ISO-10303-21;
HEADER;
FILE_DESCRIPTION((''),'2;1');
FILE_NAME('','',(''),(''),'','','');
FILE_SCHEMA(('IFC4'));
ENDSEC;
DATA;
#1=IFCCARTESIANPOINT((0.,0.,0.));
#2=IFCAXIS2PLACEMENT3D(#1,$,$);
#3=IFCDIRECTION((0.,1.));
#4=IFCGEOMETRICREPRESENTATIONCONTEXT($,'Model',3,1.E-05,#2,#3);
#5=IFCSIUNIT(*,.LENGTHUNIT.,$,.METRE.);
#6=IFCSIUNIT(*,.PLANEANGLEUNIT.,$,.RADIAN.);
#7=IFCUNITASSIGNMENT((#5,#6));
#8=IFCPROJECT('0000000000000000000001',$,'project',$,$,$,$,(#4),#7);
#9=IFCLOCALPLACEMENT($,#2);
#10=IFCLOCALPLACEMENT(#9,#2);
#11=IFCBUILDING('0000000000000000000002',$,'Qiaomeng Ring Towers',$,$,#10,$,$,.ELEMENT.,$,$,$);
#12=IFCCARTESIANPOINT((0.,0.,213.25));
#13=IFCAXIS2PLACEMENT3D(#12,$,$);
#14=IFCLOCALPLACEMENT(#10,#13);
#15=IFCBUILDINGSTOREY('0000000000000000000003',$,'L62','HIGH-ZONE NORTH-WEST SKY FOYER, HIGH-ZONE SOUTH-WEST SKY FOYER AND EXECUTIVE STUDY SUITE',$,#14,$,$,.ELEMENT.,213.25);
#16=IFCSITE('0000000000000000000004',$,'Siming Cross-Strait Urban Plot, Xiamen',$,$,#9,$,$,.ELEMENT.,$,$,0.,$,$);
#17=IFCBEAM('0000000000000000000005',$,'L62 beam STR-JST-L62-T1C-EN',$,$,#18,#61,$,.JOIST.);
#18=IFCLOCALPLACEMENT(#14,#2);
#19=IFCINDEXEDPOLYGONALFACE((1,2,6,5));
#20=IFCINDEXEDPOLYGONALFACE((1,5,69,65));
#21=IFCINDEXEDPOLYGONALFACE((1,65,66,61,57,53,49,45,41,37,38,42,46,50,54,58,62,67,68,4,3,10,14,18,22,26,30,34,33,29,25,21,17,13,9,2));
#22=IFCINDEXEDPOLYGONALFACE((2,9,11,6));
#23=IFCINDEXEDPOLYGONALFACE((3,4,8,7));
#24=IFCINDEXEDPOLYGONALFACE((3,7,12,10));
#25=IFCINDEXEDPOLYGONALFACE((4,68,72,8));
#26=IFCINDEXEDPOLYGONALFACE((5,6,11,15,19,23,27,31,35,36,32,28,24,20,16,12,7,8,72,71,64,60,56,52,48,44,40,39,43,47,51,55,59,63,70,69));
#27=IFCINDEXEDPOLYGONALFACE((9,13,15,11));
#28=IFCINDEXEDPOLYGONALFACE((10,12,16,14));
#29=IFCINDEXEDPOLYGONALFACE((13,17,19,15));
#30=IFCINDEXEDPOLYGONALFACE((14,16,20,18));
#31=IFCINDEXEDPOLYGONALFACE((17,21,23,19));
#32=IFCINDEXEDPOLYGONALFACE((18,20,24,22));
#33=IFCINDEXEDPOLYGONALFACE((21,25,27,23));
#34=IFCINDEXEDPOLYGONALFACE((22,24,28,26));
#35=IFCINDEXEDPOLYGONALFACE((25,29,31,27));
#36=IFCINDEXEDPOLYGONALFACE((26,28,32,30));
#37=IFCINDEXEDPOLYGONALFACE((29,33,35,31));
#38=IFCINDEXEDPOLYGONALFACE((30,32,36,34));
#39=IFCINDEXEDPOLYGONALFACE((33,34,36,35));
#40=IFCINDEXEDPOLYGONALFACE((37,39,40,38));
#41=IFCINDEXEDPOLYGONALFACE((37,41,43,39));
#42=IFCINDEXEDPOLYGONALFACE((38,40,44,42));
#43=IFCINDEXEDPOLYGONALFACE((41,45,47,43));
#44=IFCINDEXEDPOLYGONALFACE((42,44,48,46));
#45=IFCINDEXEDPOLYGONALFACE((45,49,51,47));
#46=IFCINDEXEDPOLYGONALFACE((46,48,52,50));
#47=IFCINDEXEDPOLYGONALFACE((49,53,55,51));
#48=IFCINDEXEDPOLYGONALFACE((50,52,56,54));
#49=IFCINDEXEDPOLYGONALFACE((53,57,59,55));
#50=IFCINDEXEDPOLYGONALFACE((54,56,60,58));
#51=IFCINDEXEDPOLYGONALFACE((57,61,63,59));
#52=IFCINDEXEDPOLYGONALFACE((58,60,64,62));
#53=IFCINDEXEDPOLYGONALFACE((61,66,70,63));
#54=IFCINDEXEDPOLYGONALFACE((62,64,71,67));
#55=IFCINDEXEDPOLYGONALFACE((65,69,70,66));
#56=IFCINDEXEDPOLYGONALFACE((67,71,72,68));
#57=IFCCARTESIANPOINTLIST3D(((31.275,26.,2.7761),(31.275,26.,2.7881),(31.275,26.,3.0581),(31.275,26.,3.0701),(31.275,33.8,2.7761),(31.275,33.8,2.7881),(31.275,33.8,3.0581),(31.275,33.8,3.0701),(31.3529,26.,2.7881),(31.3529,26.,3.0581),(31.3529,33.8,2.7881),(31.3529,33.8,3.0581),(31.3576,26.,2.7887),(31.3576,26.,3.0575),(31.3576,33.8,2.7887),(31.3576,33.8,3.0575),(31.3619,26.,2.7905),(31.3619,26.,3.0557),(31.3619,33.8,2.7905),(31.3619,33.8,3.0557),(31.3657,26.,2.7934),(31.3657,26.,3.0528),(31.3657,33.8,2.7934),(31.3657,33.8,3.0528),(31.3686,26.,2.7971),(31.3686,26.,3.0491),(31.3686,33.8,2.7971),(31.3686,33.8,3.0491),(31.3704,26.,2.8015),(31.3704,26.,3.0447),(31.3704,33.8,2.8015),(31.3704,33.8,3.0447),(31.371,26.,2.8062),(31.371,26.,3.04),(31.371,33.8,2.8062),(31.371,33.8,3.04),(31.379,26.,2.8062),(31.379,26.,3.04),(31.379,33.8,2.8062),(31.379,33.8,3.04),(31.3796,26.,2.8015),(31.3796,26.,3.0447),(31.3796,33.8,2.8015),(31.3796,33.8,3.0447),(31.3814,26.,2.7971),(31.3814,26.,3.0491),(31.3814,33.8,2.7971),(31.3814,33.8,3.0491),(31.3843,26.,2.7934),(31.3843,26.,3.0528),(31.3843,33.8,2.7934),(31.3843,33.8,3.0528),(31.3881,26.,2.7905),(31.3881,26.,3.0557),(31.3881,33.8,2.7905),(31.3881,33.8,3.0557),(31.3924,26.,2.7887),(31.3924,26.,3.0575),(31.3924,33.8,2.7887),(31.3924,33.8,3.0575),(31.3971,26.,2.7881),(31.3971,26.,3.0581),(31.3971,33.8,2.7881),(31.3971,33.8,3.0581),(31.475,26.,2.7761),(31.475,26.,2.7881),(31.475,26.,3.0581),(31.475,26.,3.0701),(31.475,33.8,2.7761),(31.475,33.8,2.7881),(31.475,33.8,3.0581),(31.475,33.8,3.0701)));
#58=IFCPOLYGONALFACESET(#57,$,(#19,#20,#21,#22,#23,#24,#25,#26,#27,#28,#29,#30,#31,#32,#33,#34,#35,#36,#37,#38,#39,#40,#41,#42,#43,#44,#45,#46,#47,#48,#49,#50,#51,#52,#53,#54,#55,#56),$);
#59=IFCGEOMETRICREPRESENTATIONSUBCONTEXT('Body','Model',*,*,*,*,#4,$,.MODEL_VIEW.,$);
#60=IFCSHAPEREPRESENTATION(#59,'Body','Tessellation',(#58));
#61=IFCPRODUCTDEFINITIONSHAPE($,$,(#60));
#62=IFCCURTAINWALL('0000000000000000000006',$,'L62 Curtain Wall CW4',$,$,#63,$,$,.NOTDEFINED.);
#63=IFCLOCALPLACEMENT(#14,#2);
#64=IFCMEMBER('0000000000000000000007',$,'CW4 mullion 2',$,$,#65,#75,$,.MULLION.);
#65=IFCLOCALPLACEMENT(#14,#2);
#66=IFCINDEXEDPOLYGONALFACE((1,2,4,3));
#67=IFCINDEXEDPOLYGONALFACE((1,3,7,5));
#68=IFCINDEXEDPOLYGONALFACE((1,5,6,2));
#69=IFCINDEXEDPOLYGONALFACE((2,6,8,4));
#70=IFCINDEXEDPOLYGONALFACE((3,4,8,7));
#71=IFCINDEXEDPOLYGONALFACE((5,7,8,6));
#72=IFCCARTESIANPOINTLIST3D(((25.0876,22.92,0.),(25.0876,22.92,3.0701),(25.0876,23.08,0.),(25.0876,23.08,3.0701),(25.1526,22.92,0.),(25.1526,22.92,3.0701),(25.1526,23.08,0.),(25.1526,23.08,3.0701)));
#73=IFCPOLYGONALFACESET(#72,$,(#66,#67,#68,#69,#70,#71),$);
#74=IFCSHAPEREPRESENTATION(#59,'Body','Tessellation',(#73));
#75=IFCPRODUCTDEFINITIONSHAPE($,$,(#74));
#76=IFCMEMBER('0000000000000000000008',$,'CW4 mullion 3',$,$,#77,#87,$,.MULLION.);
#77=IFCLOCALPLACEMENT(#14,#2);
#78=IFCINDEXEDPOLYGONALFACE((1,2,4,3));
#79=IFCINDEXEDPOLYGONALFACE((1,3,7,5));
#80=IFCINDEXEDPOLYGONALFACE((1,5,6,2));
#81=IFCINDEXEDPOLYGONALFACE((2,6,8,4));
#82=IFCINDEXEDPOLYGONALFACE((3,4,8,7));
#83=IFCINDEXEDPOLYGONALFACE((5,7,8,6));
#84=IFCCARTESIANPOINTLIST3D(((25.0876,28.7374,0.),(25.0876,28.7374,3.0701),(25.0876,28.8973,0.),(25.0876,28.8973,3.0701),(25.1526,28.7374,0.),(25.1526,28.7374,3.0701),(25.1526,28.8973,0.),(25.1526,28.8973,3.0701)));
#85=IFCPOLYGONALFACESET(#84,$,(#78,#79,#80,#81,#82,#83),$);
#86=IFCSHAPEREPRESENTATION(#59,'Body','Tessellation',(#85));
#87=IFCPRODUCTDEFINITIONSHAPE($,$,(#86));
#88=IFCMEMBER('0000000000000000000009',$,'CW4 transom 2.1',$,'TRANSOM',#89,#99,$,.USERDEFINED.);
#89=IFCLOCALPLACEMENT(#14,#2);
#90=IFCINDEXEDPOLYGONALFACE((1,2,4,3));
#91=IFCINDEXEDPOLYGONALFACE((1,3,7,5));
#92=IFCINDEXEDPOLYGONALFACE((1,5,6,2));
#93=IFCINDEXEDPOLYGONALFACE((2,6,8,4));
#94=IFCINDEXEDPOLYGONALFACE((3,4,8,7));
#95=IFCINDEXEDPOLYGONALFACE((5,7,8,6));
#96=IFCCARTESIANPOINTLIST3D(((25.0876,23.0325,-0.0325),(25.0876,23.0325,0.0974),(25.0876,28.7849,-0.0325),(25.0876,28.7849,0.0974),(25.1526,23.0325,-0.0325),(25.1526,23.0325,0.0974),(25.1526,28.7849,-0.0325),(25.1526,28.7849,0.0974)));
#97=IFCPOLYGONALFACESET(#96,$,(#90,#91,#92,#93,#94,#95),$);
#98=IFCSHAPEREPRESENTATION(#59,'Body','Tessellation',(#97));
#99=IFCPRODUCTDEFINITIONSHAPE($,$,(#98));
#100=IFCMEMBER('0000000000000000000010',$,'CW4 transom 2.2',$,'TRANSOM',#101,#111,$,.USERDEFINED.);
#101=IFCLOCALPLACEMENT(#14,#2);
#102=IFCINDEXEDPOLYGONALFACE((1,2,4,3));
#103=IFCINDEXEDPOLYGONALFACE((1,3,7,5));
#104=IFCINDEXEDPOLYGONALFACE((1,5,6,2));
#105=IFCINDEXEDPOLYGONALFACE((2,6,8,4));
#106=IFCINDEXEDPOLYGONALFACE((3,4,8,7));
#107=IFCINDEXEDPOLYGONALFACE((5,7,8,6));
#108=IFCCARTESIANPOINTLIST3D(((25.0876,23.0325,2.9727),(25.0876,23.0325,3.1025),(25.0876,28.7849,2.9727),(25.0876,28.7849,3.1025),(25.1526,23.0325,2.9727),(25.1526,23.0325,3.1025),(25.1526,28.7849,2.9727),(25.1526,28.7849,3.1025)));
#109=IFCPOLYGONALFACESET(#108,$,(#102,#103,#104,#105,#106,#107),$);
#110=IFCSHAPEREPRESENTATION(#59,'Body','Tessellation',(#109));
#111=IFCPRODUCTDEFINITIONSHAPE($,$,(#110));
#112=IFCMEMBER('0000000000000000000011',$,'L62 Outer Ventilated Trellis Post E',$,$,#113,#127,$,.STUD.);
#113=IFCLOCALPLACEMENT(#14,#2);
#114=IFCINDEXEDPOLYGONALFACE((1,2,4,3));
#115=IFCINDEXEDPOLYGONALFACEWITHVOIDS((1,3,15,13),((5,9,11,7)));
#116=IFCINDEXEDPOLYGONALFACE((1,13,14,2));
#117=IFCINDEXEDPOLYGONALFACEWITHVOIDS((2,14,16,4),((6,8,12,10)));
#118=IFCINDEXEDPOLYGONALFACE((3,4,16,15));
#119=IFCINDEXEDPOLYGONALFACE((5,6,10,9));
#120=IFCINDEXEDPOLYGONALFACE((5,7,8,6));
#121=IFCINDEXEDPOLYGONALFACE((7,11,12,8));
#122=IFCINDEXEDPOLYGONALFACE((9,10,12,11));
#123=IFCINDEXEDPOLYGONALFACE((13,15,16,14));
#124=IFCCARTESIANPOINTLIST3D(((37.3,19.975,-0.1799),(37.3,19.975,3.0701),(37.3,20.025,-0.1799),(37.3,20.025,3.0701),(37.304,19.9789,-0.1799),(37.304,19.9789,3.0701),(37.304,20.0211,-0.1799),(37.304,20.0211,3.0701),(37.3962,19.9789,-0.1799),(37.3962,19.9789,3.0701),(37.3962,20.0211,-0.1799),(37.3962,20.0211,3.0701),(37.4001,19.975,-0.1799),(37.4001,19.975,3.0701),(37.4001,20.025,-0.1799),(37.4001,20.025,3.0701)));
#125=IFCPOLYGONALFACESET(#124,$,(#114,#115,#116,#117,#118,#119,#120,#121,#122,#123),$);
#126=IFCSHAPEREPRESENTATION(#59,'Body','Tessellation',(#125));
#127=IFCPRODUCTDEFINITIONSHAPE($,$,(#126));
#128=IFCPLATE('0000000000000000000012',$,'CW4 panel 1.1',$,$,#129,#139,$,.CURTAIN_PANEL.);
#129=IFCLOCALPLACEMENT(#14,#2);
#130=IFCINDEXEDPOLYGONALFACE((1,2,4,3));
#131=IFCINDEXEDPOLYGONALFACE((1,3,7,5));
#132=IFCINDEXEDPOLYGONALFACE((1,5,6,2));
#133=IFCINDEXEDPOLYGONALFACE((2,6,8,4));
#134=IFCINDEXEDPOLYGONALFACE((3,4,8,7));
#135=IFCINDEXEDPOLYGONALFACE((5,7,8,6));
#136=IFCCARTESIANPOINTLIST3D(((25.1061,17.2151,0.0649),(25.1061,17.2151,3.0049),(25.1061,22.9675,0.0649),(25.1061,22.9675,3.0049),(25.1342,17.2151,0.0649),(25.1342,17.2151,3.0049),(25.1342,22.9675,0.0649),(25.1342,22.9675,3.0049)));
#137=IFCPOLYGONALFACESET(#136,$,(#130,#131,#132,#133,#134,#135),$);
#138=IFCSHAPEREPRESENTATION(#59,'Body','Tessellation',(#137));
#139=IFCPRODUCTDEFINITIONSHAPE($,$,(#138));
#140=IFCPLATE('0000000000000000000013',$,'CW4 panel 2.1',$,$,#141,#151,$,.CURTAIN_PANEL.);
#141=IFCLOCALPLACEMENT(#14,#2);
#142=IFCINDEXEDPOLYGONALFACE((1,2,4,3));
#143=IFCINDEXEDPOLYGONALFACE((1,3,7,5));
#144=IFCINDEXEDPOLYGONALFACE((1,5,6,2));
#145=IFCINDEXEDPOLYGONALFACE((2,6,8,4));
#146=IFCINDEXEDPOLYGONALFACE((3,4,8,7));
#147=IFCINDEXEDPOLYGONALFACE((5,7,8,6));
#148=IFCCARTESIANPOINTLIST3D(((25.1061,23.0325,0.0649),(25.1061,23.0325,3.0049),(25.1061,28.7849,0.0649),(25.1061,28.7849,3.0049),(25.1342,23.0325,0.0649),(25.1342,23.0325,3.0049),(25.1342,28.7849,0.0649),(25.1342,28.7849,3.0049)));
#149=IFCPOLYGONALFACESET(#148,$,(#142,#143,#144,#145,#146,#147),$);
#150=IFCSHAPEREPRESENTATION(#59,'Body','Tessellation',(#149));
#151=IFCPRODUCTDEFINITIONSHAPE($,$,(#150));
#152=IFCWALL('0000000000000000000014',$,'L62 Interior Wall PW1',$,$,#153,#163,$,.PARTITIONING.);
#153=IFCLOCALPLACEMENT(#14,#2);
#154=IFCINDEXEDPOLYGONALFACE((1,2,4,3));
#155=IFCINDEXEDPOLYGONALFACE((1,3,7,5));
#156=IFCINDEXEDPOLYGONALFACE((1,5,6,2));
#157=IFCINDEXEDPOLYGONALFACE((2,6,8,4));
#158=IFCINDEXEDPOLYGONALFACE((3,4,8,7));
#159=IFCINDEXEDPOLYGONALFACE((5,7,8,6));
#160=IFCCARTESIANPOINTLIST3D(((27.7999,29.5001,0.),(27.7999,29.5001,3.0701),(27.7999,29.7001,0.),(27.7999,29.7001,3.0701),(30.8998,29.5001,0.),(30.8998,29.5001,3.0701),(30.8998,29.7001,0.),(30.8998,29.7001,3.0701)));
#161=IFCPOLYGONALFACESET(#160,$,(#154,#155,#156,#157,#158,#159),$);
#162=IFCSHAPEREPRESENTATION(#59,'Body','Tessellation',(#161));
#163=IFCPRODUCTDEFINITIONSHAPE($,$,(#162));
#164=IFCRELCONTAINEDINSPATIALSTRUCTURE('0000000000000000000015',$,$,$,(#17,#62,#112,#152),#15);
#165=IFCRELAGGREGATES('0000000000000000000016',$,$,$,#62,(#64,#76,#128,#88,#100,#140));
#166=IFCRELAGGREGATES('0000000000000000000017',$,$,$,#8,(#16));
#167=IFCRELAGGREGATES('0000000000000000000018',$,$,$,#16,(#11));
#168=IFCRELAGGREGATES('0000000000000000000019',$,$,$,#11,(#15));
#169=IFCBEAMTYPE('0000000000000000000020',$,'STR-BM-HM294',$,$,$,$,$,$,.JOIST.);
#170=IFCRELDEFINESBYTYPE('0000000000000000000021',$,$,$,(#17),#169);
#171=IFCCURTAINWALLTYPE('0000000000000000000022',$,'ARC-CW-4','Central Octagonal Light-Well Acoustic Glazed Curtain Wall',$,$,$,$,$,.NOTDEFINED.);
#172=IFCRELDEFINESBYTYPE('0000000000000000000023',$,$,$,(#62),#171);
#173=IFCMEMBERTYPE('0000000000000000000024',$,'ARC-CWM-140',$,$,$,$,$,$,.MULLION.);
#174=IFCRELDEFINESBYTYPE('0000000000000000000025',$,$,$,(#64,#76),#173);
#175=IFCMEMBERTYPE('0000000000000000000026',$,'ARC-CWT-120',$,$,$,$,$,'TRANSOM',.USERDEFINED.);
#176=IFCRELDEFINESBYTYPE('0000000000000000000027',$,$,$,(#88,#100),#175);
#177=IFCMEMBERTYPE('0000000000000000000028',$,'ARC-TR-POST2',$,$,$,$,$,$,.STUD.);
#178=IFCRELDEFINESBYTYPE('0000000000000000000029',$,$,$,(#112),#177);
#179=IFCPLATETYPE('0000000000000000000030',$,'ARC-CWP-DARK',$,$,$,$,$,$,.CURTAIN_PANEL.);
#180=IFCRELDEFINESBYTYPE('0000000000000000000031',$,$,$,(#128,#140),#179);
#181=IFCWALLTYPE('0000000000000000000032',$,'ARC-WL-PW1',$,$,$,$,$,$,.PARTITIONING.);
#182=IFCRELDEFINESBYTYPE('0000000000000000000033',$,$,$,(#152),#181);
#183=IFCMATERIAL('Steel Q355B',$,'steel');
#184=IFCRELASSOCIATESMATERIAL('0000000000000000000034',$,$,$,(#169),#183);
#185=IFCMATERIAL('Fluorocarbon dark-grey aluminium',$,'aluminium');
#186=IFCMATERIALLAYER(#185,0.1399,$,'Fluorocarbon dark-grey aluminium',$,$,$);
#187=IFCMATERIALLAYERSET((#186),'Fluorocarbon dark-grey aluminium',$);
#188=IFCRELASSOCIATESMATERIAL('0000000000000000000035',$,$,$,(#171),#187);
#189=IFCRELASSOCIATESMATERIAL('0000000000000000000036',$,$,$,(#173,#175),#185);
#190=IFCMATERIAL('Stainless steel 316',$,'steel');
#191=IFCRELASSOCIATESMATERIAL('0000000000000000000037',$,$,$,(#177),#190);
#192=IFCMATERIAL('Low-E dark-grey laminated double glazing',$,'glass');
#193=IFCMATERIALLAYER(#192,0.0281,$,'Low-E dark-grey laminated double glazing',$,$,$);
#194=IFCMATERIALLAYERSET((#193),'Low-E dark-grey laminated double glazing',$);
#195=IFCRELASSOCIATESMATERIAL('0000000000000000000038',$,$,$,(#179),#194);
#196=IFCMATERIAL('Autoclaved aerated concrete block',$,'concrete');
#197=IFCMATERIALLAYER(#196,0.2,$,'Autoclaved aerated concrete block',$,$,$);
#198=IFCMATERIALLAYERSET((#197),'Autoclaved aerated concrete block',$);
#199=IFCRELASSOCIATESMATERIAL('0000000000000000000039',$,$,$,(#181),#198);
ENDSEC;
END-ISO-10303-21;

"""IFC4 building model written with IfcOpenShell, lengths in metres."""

from ifc_helpers import new_model, si_unit, direction, frame, frame_2d, origin, origin_2d, place, context, subcontext, project, spatial, rectangle, hollow_rectangle, i_section, extrude, source, transform, mapped, material, layer, layer_set, material_profile, profile_set, type_object, element, aggregate, save


model = new_model("IFC4")

# Units and contexts
model_context = context("Model", 3, precision=1e-05, world=origin(), true_north=direction((0.0, 1.0)))
body_context = subcontext(model_context, "Body", "Model", "MODEL_VIEW")
ifc_project = project(units=[si_unit("LENGTHUNIT", "METRE"), si_unit("PLANEANGLEUNIT", "RADIAN")], contexts=[model_context])

# Site, building, storey
site_placement = place(None, origin())
site = spatial("IfcSite", under=ifc_project, at=site_placement, Name="Siming Cross-Strait Urban Plot, Xiamen", CompositionType="ELEMENT", RefElevation=0.0)
building_placement = place(site_placement, origin())
building = spatial("IfcBuilding", under=site, at=building_placement, Name="Qiaomeng Ring Towers", CompositionType="ELEMENT")
storey_placement = place(building_placement, frame((0.0, 0.0, 213.25)))
storey = spatial("IfcBuildingStorey", under=building, at=storey_placement, Name="L62", Description="HIGH-ZONE NORTH-WEST SKY FOYER, HIGH-ZONE SOUTH-WEST SKY FOYER AND EXECUTIVE STUDY SUITE", CompositionType="ELEMENT", Elevation=213.25)

# Beam
ifc_material_1 = material(Name="Steel Q355B", Category="steel")
ifc_material_profile_1 = material_profile(ifc_material_1, i_section(OverallWidth=0.2, OverallDepth=0.2939, WebThickness=0.0081, FlangeThickness=0.012, FilletRadius=0.0181, at=origin_2d()), Name="HM 294x200x8x12")
ifc_profile_set_1 = profile_set([ifc_material_profile_1], Name="Steel Q355B")
beam_type_1 = type_object("IfcBeamType", Name="STR-BM-HM294", PredefinedType="JOIST", material=ifc_profile_set_1)
shared_shape_1 = source(origin(), body_context, "Body", "SweptSolid", [
    extrude(i_section(OverallWidth=0.2, OverallDepth=0.2939, WebThickness=0.0081, FlangeThickness=0.012, FilletRadius=0.0181, at=origin_2d()), origin(), (0.0, 0.0, 1.0), 7.8),
])
beam_1_placement = place(storey_placement, frame((31.375, 26.0, 2.9231), z_axis=(0.0, 1.0, 0.0), x_axis=(-1.0, 0.0, 0.0)))
element("IfcBeam", 1, at=beam_1_placement, inside=storey, type_object=beam_type_1, Name="L62 beam STR-JST-L62-T1C-EN", PredefinedType="JOIST", context=body_context, shape_type="MappedRepresentation", body=[
    mapped(shared_shape_1, transform((0.0, 0.0, 0.0), x_axis=(1.0, 0.0, 0.0), y_axis=(0.0, 1.0, 0.0), z_axis=(0.0, 0.0, 1.0), scale=1.0)),
])

# Curtain wall, members
ifc_material_2 = material(Name="Fluorocarbon dark-grey aluminium", Category="aluminium")
ifc_layer_1 = layer(ifc_material_2, 0.1399, Name="Fluorocarbon dark-grey aluminium")
ifc_layer_set_1 = layer_set([ifc_layer_1], Name="Fluorocarbon dark-grey aluminium")
curtain_wall_type = type_object("IfcCurtainWallType", Name="ARC-CW-4", Description="Central Octagonal Light-Well Acoustic Glazed Curtain Wall", PredefinedType="NOTDEFINED", material=ifc_layer_set_1)
curtain_wall_placement = place(storey_placement, origin())
curtain_wall = element("IfcCurtainWall", 2, at=curtain_wall_placement, inside=storey, type_object=curtain_wall_type, Name="L62 Curtain Wall CW4", PredefinedType="NOTDEFINED")
ifc_material_profile_2 = material_profile(ifc_material_2, rectangle(XDim=0.0649, YDim=0.1599, at=origin_2d()), Name="ALU MULL 65x160")
ifc_profile_set_2 = profile_set([ifc_material_profile_2], Name="Fluorocarbon dark-grey aluminium")
member_type_1 = type_object("IfcMemberType", Name="ARC-CWM-140", PredefinedType="MULLION", material=ifc_profile_set_2)
shared_shape_2 = source(origin(), body_context, "Body", "SweptSolid", [
    extrude(rectangle(XDim=0.0649, YDim=0.1599, at=origin_2d()), origin(), (0.0, 0.0, 1.0), 3.0701),
])
member_1_placement = place(storey_placement, frame((25.1201, 23.0, 0.0), z_axis=(0.0, 0.0, 1.0), x_axis=(-1.0, 0.0, 0.0)))
member_1 = element("IfcMember", 3, at=member_1_placement, type_object=member_type_1, Name="CW4 mullion 2", PredefinedType="MULLION", context=body_context, shape_type="MappedRepresentation", body=[
    mapped(shared_shape_2, transform((0.0, 0.0, 0.0), x_axis=(1.0, 0.0, 0.0), y_axis=(0.0, 1.0, 0.0), z_axis=(0.0, 0.0, 1.0), scale=1.0)),
])
member_2_placement = place(storey_placement, frame((25.1201, 28.8174, 0.0), z_axis=(0.0, 0.0, 1.0), x_axis=(-1.0, 0.0, 0.0)))
member_2 = element("IfcMember", 4, at=member_2_placement, type_object=member_type_1, Name="CW4 mullion 3", PredefinedType="MULLION", context=body_context, shape_type="MappedRepresentation", body=[
    mapped(shared_shape_2, transform((0.0, 0.0, 0.0), x_axis=(1.0, 0.0, 0.0), y_axis=(0.0, 1.0, 0.0), z_axis=(0.0, 0.0, 1.0), scale=1.0)),
])
ifc_material_profile_3 = material_profile(ifc_material_2, rectangle(XDim=0.0649, YDim=0.1299, at=origin_2d()), Name="ALU TRAN 65x130")
ifc_profile_set_3 = profile_set([ifc_material_profile_3], Name="Fluorocarbon dark-grey aluminium")
member_type_2 = type_object("IfcMemberType", Name="ARC-CWT-120", ElementType="TRANSOM", PredefinedType="USERDEFINED", material=ifc_profile_set_3)
shared_shape_3 = source(origin(), body_context, "Body", "SweptSolid", [
    extrude(rectangle(XDim=0.0649, YDim=0.1299, at=origin_2d()), origin(), (0.0, 0.0, 1.0), 5.7524),
])
member_3_placement = place(storey_placement, frame((25.1201, 23.0325, 0.0325), z_axis=(0.0, 1.0, 0.0), x_axis=(-1.0, 0.0, 0.0)))
member_3 = element("IfcMember", 5, at=member_3_placement, type_object=member_type_2, Name="CW4 transom 2.1", ObjectType="TRANSOM", PredefinedType="USERDEFINED", context=body_context, shape_type="MappedRepresentation", body=[
    mapped(shared_shape_3, transform((0.0, 0.0, 0.0), x_axis=(1.0, 0.0, 0.0), y_axis=(0.0, 1.0, 0.0), z_axis=(0.0, 0.0, 1.0), scale=1.0)),
])
member_4_placement = place(storey_placement, frame((25.1201, 23.0325, 3.0376), z_axis=(0.0, 1.0, 0.0), x_axis=(-1.0, 0.0, 0.0)))
member_4 = element("IfcMember", 6, at=member_4_placement, type_object=member_type_2, Name="CW4 transom 2.2", ObjectType="TRANSOM", PredefinedType="USERDEFINED", context=body_context, shape_type="MappedRepresentation", body=[
    mapped(shared_shape_3, transform((0.0, 0.0, 0.0), x_axis=(1.0, 0.0, 0.0), y_axis=(0.0, 1.0, 0.0), z_axis=(0.0, 0.0, 1.0), scale=1.0)),
])

# Member
ifc_material_3 = material(Name="Stainless steel 316", Category="steel")
ifc_material_profile_4 = material_profile(ifc_material_3, hollow_rectangle(XDim=0.05, YDim=0.1001, WallThickness=0.0039, at=origin_2d()), Name="SS TRELLIS 100x50")
ifc_profile_set_4 = profile_set([ifc_material_profile_4], Name="Stainless steel 316")
member_type_3 = type_object("IfcMemberType", Name="ARC-TR-POST2", PredefinedType="STUD", material=ifc_profile_set_4)
shared_shape_4 = source(origin(), body_context, "Body", "SweptSolid", [
    extrude(hollow_rectangle(XDim=0.05, YDim=0.1001, WallThickness=0.0039, at=origin_2d()), origin(), (0.0, 0.0, 1.0), 3.25),
])
member_5_placement = place(storey_placement, frame((37.3501, 20.0, -0.1799), z_axis=(0.0, 0.0, 1.0), x_axis=(0.0, 1.0, 0.0)))
element("IfcMember", 7, at=member_5_placement, inside=storey, type_object=member_type_3, Name="L62 Outer Ventilated Trellis Post E", PredefinedType="STUD", context=body_context, shape_type="MappedRepresentation", body=[
    mapped(shared_shape_4, transform((0.0, 0.0, 0.0), x_axis=(1.0, 0.0, 0.0), y_axis=(0.0, 1.0, 0.0), z_axis=(0.0, 0.0, 1.0), scale=1.0)),
])

# Plates
ifc_material_4 = material(Name="Low-E dark-grey laminated double glazing", Category="glass")
ifc_layer_2 = layer(ifc_material_4, 0.0281, Name="Low-E dark-grey laminated double glazing")
ifc_layer_set_2 = layer_set([ifc_layer_2], Name="Low-E dark-grey laminated double glazing")
plate_type = type_object("IfcPlateType", Name="ARC-CWP-DARK", PredefinedType="CURTAIN_PANEL", material=ifc_layer_set_2)
shared_shape_5 = source(origin(), body_context, "Body", "SweptSolid", [
    extrude(rectangle(XDim=5.7524, YDim=0.0281, at=origin_2d()), origin(), (0.0, 0.0, 1.0), 2.9399),
])
plate_1_placement = place(storey_placement, frame((25.1201, 20.0913, 0.0649), z_axis=(0.0, 0.0, 1.0), x_axis=(0.0, 1.0, 0.0)))
plate_1 = element("IfcPlate", 8, at=plate_1_placement, type_object=plate_type, Name="CW4 panel 1.1", PredefinedType="CURTAIN_PANEL", context=body_context, shape_type="MappedRepresentation", body=[
    mapped(shared_shape_5, transform((0.0, 0.0, 0.0), x_axis=(1.0, 0.0, 0.0), y_axis=(0.0, 1.0, 0.0), z_axis=(0.0, 0.0, 1.0), scale=1.0)),
])
plate_2_placement = place(storey_placement, frame((25.1201, 25.9087, 0.0649), z_axis=(0.0, 0.0, 1.0), x_axis=(0.0, 1.0, 0.0)))
plate_2 = element("IfcPlate", 9, at=plate_2_placement, type_object=plate_type, Name="CW4 panel 2.1", PredefinedType="CURTAIN_PANEL", context=body_context, shape_type="MappedRepresentation", body=[
    mapped(shared_shape_5, transform((0.0, 0.0, 0.0), x_axis=(1.0, 0.0, 0.0), y_axis=(0.0, 1.0, 0.0), z_axis=(0.0, 0.0, 1.0), scale=1.0)),
])
aggregate(curtain_wall, [member_1, member_2, plate_1, member_3, member_4, plate_2])

# Wall
ifc_material_5 = material(Name="Autoclaved aerated concrete block", Category="concrete")
ifc_layer_3 = layer(ifc_material_5, 0.2, Name="Autoclaved aerated concrete block")
ifc_layer_set_3 = layer_set([ifc_layer_3], Name="Autoclaved aerated concrete block")
wall_type_1 = type_object("IfcWallType", Name="ARC-WL-PW1", PredefinedType="PARTITIONING", material=ifc_layer_set_3)
wall_1_placement = place(storey_placement, frame((27.8, 29.6001, 0.0), z_axis=(0.0, 0.0, 1.0), x_axis=(1.0, 0.0, 0.0)))
element("IfcWall", 10, at=wall_1_placement, inside=storey, type_object=wall_type_1, Name="L62 Interior Wall PW1", PredefinedType="PARTITIONING", context=body_context, shape_type="SweptSolid", body=[
    extrude(rectangle(XDim=3.0999, YDim=0.2, at=frame_2d((1.5498, 0.0))), origin(), (0.0, 0.0, 1.0), 3.0701),
])

save(model, "model.ifc")
